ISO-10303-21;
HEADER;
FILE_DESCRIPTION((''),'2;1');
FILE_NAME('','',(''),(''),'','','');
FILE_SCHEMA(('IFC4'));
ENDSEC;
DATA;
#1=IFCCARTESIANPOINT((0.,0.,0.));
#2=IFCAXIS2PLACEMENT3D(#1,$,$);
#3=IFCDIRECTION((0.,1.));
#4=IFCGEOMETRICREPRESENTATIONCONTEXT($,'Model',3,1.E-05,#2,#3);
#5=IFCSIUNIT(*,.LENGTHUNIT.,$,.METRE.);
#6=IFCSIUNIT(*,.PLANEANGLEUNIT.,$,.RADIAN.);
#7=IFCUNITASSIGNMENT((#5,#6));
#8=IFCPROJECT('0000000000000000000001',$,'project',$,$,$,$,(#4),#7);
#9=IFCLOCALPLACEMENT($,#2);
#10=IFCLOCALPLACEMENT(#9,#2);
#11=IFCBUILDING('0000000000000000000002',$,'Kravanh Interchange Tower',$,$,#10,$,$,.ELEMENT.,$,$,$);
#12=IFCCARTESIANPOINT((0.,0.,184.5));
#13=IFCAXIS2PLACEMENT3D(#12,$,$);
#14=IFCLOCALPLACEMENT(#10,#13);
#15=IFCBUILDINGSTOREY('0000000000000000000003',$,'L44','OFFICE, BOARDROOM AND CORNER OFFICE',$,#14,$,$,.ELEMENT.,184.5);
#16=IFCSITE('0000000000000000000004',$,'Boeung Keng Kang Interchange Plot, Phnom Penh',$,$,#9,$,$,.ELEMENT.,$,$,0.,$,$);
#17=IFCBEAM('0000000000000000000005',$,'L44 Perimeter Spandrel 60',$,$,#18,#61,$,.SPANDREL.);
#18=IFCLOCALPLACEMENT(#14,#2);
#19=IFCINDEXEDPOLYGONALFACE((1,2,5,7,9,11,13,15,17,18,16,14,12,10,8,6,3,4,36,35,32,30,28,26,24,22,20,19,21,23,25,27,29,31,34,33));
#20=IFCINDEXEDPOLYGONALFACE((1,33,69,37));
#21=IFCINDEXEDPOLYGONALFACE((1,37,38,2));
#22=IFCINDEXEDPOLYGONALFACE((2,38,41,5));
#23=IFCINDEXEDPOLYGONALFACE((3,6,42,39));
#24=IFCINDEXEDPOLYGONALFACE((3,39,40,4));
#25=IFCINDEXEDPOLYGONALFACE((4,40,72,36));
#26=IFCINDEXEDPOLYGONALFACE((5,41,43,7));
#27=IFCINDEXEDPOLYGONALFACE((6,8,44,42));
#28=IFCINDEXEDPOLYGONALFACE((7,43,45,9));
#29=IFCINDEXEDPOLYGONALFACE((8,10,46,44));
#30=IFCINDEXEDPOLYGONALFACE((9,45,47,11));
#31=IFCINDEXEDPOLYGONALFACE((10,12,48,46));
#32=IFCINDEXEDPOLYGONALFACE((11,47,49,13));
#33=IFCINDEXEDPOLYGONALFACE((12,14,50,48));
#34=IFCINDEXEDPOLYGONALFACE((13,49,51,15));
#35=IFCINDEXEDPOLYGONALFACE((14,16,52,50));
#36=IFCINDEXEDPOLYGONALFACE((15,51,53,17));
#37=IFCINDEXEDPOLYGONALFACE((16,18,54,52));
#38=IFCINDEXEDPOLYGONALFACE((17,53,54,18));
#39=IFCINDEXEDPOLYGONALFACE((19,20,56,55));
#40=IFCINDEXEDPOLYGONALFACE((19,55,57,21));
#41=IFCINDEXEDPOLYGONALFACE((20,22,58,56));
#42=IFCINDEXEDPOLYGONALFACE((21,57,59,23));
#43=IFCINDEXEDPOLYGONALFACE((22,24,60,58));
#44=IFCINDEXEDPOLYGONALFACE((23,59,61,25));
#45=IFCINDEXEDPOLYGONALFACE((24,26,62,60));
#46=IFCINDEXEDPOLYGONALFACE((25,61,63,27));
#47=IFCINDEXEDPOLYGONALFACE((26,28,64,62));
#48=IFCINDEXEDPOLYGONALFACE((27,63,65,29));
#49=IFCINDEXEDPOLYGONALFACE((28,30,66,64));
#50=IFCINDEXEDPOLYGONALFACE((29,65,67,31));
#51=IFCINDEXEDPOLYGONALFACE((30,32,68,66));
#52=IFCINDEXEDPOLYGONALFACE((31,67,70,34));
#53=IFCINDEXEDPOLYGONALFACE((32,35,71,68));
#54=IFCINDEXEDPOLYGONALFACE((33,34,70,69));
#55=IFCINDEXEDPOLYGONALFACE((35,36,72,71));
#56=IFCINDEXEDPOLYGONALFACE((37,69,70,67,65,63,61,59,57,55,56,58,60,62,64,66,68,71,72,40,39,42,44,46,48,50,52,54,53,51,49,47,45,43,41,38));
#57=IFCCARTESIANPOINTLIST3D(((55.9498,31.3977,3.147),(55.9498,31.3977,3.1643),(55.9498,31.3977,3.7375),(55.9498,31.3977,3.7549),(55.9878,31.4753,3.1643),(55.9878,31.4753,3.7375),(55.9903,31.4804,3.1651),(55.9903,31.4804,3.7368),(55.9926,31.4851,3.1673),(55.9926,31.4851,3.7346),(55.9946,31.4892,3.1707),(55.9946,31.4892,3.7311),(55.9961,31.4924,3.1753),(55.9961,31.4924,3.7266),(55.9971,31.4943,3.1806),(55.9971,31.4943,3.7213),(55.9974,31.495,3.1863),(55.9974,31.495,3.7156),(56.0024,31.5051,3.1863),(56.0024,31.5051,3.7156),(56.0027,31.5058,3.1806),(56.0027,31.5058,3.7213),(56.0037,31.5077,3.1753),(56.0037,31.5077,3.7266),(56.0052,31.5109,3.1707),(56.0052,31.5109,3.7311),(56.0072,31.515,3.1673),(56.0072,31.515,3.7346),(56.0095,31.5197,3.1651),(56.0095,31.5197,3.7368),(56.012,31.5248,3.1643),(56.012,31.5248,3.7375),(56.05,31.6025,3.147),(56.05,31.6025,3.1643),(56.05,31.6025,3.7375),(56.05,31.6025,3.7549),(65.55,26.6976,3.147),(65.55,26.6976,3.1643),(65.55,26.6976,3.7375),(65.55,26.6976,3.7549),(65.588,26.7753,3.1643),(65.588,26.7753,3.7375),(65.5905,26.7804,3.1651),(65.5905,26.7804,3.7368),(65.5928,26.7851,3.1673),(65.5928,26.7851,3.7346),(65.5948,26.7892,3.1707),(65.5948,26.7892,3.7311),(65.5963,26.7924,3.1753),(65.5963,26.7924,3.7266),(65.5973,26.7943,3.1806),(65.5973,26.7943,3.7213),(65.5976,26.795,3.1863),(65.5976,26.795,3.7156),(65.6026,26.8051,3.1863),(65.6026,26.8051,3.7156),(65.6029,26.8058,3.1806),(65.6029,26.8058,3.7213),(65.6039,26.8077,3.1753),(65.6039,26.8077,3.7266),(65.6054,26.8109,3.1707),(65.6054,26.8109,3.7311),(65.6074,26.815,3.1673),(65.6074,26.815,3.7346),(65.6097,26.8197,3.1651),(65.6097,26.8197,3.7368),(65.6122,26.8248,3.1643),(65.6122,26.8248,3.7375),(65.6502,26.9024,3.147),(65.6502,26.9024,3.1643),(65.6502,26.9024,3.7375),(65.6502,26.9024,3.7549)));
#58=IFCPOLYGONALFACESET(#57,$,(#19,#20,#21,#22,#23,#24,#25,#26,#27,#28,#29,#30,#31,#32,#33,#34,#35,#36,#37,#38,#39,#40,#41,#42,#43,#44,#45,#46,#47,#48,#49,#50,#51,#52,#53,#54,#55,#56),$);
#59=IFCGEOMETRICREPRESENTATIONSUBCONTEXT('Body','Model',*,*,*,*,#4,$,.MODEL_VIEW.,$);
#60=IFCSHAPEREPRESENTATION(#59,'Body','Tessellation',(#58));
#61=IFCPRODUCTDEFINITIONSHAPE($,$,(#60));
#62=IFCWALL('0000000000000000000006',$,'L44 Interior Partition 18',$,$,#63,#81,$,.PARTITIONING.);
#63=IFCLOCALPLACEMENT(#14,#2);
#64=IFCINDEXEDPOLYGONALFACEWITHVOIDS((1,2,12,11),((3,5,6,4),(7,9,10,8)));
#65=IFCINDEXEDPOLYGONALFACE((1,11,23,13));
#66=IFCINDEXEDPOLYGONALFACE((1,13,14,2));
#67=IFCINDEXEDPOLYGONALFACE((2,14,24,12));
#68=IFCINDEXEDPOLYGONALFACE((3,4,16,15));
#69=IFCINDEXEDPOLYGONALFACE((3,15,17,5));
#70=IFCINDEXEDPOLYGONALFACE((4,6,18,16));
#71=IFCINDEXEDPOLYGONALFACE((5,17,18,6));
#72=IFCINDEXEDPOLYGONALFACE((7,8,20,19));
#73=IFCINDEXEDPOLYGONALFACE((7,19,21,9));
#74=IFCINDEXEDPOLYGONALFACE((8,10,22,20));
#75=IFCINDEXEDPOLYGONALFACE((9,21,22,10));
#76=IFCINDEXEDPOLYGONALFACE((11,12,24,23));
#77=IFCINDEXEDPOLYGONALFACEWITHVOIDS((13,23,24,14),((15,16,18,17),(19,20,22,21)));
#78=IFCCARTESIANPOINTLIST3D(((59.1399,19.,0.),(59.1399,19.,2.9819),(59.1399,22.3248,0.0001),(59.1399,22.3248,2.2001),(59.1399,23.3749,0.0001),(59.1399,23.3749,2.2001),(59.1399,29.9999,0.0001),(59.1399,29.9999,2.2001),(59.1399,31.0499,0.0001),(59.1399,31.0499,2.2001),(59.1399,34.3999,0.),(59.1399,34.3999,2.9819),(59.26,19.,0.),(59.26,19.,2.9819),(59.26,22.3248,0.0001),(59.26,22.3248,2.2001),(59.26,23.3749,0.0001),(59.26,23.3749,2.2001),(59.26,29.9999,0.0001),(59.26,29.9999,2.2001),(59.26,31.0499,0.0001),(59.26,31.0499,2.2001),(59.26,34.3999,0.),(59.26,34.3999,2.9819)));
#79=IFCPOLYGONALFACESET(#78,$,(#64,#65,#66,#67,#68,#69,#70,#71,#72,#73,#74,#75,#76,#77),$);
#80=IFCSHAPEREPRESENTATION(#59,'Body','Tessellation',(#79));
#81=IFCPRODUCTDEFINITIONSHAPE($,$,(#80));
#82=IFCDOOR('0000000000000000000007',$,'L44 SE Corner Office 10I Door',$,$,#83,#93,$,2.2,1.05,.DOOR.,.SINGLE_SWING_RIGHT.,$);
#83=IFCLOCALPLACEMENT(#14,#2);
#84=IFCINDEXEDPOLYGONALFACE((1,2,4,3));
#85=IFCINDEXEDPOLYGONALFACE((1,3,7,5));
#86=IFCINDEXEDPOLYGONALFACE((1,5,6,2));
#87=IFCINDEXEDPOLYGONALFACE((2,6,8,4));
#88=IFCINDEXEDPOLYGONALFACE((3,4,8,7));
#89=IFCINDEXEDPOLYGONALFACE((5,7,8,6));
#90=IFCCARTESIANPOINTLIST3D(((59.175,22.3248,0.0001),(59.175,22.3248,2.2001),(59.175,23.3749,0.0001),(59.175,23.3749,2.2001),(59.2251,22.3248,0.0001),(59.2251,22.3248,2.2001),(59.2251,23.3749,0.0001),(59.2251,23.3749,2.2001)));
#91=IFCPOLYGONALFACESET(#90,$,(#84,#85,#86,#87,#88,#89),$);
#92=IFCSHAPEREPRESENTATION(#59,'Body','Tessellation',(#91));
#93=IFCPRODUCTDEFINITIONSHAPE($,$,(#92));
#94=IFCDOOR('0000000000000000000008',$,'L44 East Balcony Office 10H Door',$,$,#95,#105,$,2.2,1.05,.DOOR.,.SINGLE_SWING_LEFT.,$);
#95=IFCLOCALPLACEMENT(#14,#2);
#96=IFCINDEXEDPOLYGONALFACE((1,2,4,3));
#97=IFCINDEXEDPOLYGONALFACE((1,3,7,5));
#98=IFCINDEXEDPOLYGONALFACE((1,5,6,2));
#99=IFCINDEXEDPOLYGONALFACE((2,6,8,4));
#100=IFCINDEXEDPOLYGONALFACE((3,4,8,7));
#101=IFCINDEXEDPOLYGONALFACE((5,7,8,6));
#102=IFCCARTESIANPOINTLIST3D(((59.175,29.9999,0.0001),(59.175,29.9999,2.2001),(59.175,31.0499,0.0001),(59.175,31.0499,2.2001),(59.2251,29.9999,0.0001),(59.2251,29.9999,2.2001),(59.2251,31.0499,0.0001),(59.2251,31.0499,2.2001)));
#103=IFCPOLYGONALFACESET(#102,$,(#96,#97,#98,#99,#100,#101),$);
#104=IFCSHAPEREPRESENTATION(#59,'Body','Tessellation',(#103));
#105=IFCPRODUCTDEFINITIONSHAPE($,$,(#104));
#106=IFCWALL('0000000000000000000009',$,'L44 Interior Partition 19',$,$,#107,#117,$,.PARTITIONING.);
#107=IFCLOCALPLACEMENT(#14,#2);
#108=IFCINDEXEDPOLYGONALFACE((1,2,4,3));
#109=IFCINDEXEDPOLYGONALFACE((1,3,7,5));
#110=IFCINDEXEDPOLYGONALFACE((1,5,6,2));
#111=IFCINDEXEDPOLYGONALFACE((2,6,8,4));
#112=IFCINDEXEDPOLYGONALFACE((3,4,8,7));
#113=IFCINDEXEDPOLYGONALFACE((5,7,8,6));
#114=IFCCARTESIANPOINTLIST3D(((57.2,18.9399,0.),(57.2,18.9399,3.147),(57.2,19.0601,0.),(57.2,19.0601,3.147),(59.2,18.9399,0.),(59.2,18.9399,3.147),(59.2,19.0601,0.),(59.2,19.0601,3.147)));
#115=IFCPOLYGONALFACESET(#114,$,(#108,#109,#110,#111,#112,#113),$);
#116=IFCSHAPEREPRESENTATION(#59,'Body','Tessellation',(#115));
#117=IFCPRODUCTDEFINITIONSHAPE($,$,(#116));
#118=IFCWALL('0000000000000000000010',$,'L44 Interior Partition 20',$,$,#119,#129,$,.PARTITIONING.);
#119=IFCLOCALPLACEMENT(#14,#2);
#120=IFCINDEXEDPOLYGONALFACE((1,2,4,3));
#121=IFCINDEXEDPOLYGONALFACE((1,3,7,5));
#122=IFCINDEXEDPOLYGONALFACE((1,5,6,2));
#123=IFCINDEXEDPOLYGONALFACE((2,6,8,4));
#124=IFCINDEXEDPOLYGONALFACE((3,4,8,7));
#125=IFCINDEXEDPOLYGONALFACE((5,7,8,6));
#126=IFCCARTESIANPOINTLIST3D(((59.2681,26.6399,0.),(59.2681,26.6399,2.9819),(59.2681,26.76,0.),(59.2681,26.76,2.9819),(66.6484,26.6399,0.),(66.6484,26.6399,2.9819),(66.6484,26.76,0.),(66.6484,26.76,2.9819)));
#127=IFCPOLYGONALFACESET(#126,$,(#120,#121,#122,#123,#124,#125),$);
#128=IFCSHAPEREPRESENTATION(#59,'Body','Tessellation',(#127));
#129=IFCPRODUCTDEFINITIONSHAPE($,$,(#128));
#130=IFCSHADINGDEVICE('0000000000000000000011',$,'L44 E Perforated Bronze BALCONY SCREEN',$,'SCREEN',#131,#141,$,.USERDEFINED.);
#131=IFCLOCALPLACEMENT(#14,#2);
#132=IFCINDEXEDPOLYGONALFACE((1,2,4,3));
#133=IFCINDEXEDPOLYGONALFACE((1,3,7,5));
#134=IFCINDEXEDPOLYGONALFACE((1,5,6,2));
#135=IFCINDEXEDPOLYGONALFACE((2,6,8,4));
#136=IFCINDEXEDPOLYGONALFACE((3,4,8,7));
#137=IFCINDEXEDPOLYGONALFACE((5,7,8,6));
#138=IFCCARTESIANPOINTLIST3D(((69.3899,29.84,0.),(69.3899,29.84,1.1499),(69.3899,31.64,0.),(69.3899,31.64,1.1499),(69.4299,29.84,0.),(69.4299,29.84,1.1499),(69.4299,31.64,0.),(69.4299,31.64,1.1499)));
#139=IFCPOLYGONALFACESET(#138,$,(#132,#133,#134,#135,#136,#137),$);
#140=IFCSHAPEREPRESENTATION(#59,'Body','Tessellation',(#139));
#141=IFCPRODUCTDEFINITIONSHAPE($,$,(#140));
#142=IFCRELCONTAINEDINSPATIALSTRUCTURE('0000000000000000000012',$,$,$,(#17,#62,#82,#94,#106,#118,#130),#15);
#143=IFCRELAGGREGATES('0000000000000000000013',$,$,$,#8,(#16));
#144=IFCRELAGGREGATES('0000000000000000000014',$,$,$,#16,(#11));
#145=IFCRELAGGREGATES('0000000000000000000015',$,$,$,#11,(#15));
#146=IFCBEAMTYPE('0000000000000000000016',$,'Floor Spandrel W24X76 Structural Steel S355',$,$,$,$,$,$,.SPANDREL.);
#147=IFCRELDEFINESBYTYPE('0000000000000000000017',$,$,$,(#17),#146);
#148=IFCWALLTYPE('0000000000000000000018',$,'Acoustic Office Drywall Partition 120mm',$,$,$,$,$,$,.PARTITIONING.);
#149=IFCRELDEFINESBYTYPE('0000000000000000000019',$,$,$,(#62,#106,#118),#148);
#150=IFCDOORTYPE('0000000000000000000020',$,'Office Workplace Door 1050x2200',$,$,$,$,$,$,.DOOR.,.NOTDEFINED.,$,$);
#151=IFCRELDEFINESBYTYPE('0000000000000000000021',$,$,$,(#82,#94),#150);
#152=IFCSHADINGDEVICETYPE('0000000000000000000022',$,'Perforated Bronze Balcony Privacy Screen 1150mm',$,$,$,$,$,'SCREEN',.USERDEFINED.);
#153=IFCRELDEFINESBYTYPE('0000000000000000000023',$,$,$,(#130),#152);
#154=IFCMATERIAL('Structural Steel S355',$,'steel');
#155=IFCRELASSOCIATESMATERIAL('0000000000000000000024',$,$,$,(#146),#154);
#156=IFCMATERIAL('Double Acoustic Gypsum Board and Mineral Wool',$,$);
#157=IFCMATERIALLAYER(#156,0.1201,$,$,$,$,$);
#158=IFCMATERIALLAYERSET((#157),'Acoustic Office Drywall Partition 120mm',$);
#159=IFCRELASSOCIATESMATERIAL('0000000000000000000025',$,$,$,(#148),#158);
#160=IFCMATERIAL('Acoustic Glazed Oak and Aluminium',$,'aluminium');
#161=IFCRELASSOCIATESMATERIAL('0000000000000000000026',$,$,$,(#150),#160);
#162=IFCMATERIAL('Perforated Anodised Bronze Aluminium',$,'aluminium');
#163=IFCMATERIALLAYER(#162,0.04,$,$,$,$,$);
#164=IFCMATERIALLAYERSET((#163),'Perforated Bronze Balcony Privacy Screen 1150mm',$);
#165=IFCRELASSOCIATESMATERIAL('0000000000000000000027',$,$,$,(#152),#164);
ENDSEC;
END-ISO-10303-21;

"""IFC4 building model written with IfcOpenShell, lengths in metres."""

from ifc_helpers import new_model, si_unit, direction, frame, frame_2d, origin, origin_2d, place, context, subcontext, project, spatial, rectangle, i_section, extrude, material, layer, layer_set, material_profile, profile_set, type_object, element, fill, save


model = new_model("IFC4")

# Units and contexts
model_context = context("Model", 3, precision=1e-05, world=origin(), true_north=direction((0.0, 1.0)))
body_context = subcontext(model_context, "Body", "Model", "MODEL_VIEW")
ifc_project = project(units=[si_unit("LENGTHUNIT", "METRE"), si_unit("PLANEANGLEUNIT", "RADIAN")], contexts=[model_context])

# Site, building, storey
site_placement = place(None, origin())
site = spatial("IfcSite", under=ifc_project, at=site_placement, Name="Boeung Keng Kang Interchange Plot, Phnom Penh", CompositionType="ELEMENT", RefElevation=0.0)
building_placement = place(site_placement, origin())
building = spatial("IfcBuilding", under=site, at=building_placement, Name="Kravanh Interchange Tower", CompositionType="ELEMENT")
storey_placement = place(building_placement, frame((0.0, 0.0, 184.5)))
storey = spatial("IfcBuildingStorey", under=building, at=storey_placement, Name="L44", Description="OFFICE, BOARDROOM AND CORNER OFFICE", CompositionType="ELEMENT", Elevation=184.5)

# Beam
ifc_material_1 = material(Name="Structural Steel S355", Category="steel")
ifc_material_profile_1 = material_profile(ifc_material_1, i_section(OverallWidth=0.228, OverallDepth=0.6079, WebThickness=0.0112, FlangeThickness=0.0173, FilletRadius=0.022, at=origin_2d()), Name="W24X76")
ifc_profile_set_1 = profile_set([ifc_material_profile_1], Name="Structural Steel S355")
beam_type_1 = type_object("IfcBeamType", Name="Floor Spandrel W24X76 Structural Steel S355", PredefinedType="SPANDREL", material=ifc_profile_set_1)
beam_1_placement = place(storey_placement, frame((65.6001, 26.8, 3.4509), z_axis=(-0.898142, 0.439706, 0.0), x_axis=(-0.439706, -0.898142, 0.0)))
element("IfcBeam", 1, at=beam_1_placement, inside=storey, type_object=beam_type_1, Name="L44 Perimeter Spandrel 60", PredefinedType="SPANDREL", context=body_context, shape_type="SweptSolid", body=[
    extrude(i_section(OverallWidth=0.228, OverallDepth=0.6079, WebThickness=0.0112, FlangeThickness=0.0173, FilletRadius=0.022, at=origin_2d()), origin(), (0.0, 0.0, 1.0), 10.689),
])

# Wall, openings, doors
ifc_material_2 = material(Name="Double Acoustic Gypsum Board and Mineral Wool")
ifc_layer_1 = layer(ifc_material_2, 0.1201)
ifc_layer_set_1 = layer_set([ifc_layer_1], Name="Acoustic Office Drywall Partition 120mm")
wall_type = type_object("IfcWallType", Name="Acoustic Office Drywall Partition 120mm", PredefinedType="PARTITIONING", material=ifc_layer_set_1)
wall_1_placement = place(storey_placement, frame((59.2, 19.0, 0.0), z_axis=(0.0, 0.0, 1.0), x_axis=(0.0, 1.0, 0.0)))
wall_1 = element("IfcWall", 2, at=wall_1_placement, inside=storey, type_object=wall_type, Name="L44 Interior Partition 18", PredefinedType="PARTITIONING", context=body_context, shape_type="SweptSolid", body=[
    extrude(rectangle(XDim=15.3999, YDim=0.1201, at=frame_2d((7.7, 0.0))), origin(), (0.0, 0.0, 1.0), 2.9819),
])
opening_1_placement = place(wall_1_placement, frame((3.325, 0.0, 0.0)))
opening_1 = element("IfcOpeningElement", 3, at=opening_1_placement, cuts=wall_1, PredefinedType="OPENING", context=body_context, shape_type="SweptSolid", body=[
    extrude(rectangle(XDim=1.05, YDim=2.2, at=frame_2d((0.5249, 1.1001))), frame((0.0, 0.0701, 0.0), z_axis=(0.0, -1.0, 0.0), x_axis=(1.0, 0.0, 0.0)), (0.0, 0.0, 1.0), 0.1401),
])
opening_2_placement = place(wall_1_placement, frame((11.0, 0.0, 0.0)))
opening_2 = element("IfcOpeningElement", 4, at=opening_2_placement, cuts=wall_1, PredefinedType="OPENING", context=body_context, shape_type="SweptSolid", body=[
    extrude(rectangle(XDim=1.05, YDim=2.2, at=frame_2d((0.5249, 1.1001))), frame((0.0, 0.0701, 0.0), z_axis=(0.0, -1.0, 0.0), x_axis=(1.0, 0.0, 0.0)), (0.0, 0.0, 1.0), 0.1401),
])
ifc_material_3 = material(Name="Acoustic Glazed Oak and Aluminium", Category="aluminium")
door_type = type_object("IfcDoorType", Name="Office Workplace Door 1050x2200", OperationType="NOTDEFINED", PredefinedType="DOOR", material=ifc_material_3)
door_1_placement = place(opening_1_placement, origin())
door_1 = element("IfcDoor", 5, at=door_1_placement, inside=storey, type_object=door_type, Name="L44 SE Corner Office 10I Door", OperationType="SINGLE_SWING_RIGHT", OverallHeight=2.2, OverallWidth=1.05, PredefinedType="DOOR", context=body_context, shape_type="SweptSolid", body=[
    extrude(rectangle(XDim=1.05, YDim=2.2, at=frame_2d((0.5249, 1.1001))), frame((0.0, 0.0249, 0.0), z_axis=(0.0, -1.0, 0.0), x_axis=(1.0, 0.0, 0.0)), (0.0, 0.0, 1.0), 0.05),
])
fill(opening_1, door_1)
door_2_placement = place(opening_2_placement, origin())
door_2 = element("IfcDoor", 6, at=door_2_placement, inside=storey, type_object=door_type, Name="L44 East Balcony Office 10H Door", OperationType="SINGLE_SWING_LEFT", OverallHeight=2.2, OverallWidth=1.05, PredefinedType="DOOR", context=body_context, shape_type="SweptSolid", body=[
    extrude(rectangle(XDim=1.05, YDim=2.2, at=frame_2d((0.5249, 1.1001))), frame((0.0, 0.0249, 0.0), z_axis=(0.0, -1.0, 0.0), x_axis=(1.0, 0.0, 0.0)), (0.0, 0.0, 1.0), 0.05),
])
fill(opening_2, door_2)

# Walls
wall_2_placement = place(storey_placement, frame((57.2, 19.0, 0.0), z_axis=(0.0, 0.0, 1.0), x_axis=(1.0, 0.0, 0.0)))
element("IfcWall", 7, at=wall_2_placement, inside=storey, type_object=wall_type, Name="L44 Interior Partition 19", PredefinedType="PARTITIONING", context=body_context, shape_type="SweptSolid", body=[
    extrude(rectangle(XDim=2.0, YDim=0.1201, at=frame_2d((1.0, 0.0))), origin(), (0.0, 0.0, 1.0), 3.147),
])
wall_3_placement = place(storey_placement, frame((59.2681, 26.7, 0.0), z_axis=(0.0, 0.0, 1.0), x_axis=(1.0, 0.0, 0.0)))
element("IfcWall", 8, at=wall_3_placement, inside=storey, type_object=wall_type, Name="L44 Interior Partition 20", PredefinedType="PARTITIONING", context=body_context, shape_type="SweptSolid", body=[
    extrude(rectangle(XDim=7.3804, YDim=0.1201, at=frame_2d((3.6902, 0.0))), origin(), (0.0, 0.0, 1.0), 2.9819),
])

# Shading device
ifc_material_4 = material(Name="Perforated Anodised Bronze Aluminium", Category="aluminium")
ifc_layer_2 = layer(ifc_material_4, 0.04)
ifc_layer_set_2 = layer_set([ifc_layer_2], Name="Perforated Bronze Balcony Privacy Screen 1150mm")
shading_device_type = type_object("IfcShadingDeviceType", Name="Perforated Bronze Balcony Privacy Screen 1150mm", ElementType="SCREEN", PredefinedType="USERDEFINED", material=ifc_layer_set_2)
shading_device_placement = place(storey_placement, frame((69.4099, 30.74, 0.0), z_axis=(0.0, 0.0, 1.0), x_axis=(1.0, 0.0, 0.0)))
element("IfcShadingDevice", 9, at=shading_device_placement, inside=storey, type_object=shading_device_type, Name="L44 E Perforated Bronze BALCONY SCREEN", ObjectType="SCREEN", PredefinedType="USERDEFINED", context=body_context, shape_type="SweptSolid", body=[
    extrude(rectangle(XDim=0.04, YDim=1.8, at=origin_2d()), origin(), (0.0, 0.0, 1.0), 1.1499),
])

save(model, "model.ifc")
